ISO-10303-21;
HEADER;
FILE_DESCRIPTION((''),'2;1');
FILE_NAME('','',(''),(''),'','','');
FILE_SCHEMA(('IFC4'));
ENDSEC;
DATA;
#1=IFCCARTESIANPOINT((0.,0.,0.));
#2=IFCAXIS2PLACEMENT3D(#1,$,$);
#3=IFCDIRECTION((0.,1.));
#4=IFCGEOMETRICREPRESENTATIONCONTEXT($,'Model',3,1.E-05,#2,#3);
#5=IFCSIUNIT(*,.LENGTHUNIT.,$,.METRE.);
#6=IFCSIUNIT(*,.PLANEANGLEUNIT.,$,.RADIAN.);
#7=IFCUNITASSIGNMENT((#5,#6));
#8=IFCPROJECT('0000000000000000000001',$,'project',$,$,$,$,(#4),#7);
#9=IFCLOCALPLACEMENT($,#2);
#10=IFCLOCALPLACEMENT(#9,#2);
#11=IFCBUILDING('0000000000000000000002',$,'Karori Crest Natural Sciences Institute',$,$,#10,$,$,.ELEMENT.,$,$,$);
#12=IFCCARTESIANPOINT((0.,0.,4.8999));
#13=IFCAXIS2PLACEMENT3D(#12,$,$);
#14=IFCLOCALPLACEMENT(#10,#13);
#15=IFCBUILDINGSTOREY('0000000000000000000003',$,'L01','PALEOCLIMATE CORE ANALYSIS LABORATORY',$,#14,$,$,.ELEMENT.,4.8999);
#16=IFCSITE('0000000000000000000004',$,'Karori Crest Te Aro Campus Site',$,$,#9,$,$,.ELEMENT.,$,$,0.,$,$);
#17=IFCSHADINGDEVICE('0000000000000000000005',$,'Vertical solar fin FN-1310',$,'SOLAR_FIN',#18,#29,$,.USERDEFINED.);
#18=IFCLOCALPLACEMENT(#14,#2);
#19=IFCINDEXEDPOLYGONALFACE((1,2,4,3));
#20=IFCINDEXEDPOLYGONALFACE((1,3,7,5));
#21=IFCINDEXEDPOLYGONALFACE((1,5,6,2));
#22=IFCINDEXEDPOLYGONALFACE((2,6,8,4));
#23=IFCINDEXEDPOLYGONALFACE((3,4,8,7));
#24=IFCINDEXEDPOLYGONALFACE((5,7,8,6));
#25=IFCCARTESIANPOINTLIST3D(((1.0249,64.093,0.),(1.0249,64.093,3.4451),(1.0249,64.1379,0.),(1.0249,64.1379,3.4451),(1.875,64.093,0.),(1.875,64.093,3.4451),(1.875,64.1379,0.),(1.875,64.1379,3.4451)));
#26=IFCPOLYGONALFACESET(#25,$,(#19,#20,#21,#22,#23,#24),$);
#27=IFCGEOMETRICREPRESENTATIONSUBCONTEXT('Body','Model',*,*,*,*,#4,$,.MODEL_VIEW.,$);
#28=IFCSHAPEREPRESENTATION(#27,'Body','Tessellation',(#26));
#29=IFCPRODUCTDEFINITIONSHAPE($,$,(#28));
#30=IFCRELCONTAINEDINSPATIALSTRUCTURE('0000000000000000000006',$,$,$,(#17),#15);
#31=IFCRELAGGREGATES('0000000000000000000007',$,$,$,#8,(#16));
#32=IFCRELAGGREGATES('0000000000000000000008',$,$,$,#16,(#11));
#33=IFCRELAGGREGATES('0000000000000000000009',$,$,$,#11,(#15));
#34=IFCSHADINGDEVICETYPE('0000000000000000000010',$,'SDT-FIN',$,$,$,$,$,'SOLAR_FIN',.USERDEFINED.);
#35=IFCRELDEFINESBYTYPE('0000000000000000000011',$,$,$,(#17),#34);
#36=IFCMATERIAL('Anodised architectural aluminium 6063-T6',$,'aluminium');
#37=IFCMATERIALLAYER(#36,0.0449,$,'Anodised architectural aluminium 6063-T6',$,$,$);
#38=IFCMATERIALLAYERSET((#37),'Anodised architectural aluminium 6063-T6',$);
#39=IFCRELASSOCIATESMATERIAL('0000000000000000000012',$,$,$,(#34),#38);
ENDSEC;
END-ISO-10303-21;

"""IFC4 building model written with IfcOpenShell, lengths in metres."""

from ifc_helpers import new_model, si_unit, direction, frame, origin, origin_2d, place, context, subcontext, project, spatial, rectangle, extrude, material, layer, layer_set, type_object, element, save


model = new_model("IFC4")

# Units and contexts
model_context = context("Model", 3, precision=1e-05, world=origin(), true_north=direction((0.0, 1.0)))
body_context = subcontext(model_context, "Body", "Model", "MODEL_VIEW")
ifc_project = project(units=[si_unit("LENGTHUNIT", "METRE"), si_unit("PLANEANGLEUNIT", "RADIAN")], contexts=[model_context])

# Site, building, storey
site_placement = place(None, origin())
site = spatial("IfcSite", under=ifc_project, at=site_placement, Name="Karori Crest Te Aro Campus Site", CompositionType="ELEMENT", RefElevation=0.0)
building_placement = place(site_placement, origin())
building = spatial("IfcBuilding", under=site, at=building_placement, Name="Karori Crest Natural Sciences Institute", CompositionType="ELEMENT")
storey_placement = place(building_placement, frame((0.0, 0.0, 4.8999)))
storey = spatial("IfcBuildingStorey", under=building, at=storey_placement, Name="L01", Description="PALEOCLIMATE CORE ANALYSIS LABORATORY", CompositionType="ELEMENT", Elevation=4.8999)

# Shared definitions
ifc_material_1 = material(Name="Anodised architectural aluminium 6063-T6", Category="aluminium")

# Shading device
ifc_layer_1 = layer(ifc_material_1, 0.0449, Name="Anodised architectural aluminium 6063-T6")
ifc_layer_set_1 = layer_set([ifc_layer_1], Name="Anodised architectural aluminium 6063-T6")
shading_device_type = type_object("IfcShadingDeviceType", Name="SDT-FIN", ElementType="SOLAR_FIN", PredefinedType="USERDEFINED", material=ifc_layer_set_1)
for number, where, z_axis, x_axis, name in (
    (1, (1.45, 64.1155, 0.0), (0.0, 0.0, 1.0), (-1.0, 0.0, 0.0), "Vertical solar fin FN-1310"),
):
    element("IfcShadingDevice", number, at=place(storey_placement, frame(where, z_axis=z_axis, x_axis=x_axis)), inside=storey, type_object=shading_device_type, Name=name, ObjectType="SOLAR_FIN", PredefinedType="USERDEFINED", context=body_context, shape_type="SweptSolid", body=[
        extrude(rectangle(XDim=0.8501, YDim=0.0449, at=origin_2d()), origin(), (0.0, 0.0, 1.0), 3.4451),
    ])

save(model, "model.ifc")
